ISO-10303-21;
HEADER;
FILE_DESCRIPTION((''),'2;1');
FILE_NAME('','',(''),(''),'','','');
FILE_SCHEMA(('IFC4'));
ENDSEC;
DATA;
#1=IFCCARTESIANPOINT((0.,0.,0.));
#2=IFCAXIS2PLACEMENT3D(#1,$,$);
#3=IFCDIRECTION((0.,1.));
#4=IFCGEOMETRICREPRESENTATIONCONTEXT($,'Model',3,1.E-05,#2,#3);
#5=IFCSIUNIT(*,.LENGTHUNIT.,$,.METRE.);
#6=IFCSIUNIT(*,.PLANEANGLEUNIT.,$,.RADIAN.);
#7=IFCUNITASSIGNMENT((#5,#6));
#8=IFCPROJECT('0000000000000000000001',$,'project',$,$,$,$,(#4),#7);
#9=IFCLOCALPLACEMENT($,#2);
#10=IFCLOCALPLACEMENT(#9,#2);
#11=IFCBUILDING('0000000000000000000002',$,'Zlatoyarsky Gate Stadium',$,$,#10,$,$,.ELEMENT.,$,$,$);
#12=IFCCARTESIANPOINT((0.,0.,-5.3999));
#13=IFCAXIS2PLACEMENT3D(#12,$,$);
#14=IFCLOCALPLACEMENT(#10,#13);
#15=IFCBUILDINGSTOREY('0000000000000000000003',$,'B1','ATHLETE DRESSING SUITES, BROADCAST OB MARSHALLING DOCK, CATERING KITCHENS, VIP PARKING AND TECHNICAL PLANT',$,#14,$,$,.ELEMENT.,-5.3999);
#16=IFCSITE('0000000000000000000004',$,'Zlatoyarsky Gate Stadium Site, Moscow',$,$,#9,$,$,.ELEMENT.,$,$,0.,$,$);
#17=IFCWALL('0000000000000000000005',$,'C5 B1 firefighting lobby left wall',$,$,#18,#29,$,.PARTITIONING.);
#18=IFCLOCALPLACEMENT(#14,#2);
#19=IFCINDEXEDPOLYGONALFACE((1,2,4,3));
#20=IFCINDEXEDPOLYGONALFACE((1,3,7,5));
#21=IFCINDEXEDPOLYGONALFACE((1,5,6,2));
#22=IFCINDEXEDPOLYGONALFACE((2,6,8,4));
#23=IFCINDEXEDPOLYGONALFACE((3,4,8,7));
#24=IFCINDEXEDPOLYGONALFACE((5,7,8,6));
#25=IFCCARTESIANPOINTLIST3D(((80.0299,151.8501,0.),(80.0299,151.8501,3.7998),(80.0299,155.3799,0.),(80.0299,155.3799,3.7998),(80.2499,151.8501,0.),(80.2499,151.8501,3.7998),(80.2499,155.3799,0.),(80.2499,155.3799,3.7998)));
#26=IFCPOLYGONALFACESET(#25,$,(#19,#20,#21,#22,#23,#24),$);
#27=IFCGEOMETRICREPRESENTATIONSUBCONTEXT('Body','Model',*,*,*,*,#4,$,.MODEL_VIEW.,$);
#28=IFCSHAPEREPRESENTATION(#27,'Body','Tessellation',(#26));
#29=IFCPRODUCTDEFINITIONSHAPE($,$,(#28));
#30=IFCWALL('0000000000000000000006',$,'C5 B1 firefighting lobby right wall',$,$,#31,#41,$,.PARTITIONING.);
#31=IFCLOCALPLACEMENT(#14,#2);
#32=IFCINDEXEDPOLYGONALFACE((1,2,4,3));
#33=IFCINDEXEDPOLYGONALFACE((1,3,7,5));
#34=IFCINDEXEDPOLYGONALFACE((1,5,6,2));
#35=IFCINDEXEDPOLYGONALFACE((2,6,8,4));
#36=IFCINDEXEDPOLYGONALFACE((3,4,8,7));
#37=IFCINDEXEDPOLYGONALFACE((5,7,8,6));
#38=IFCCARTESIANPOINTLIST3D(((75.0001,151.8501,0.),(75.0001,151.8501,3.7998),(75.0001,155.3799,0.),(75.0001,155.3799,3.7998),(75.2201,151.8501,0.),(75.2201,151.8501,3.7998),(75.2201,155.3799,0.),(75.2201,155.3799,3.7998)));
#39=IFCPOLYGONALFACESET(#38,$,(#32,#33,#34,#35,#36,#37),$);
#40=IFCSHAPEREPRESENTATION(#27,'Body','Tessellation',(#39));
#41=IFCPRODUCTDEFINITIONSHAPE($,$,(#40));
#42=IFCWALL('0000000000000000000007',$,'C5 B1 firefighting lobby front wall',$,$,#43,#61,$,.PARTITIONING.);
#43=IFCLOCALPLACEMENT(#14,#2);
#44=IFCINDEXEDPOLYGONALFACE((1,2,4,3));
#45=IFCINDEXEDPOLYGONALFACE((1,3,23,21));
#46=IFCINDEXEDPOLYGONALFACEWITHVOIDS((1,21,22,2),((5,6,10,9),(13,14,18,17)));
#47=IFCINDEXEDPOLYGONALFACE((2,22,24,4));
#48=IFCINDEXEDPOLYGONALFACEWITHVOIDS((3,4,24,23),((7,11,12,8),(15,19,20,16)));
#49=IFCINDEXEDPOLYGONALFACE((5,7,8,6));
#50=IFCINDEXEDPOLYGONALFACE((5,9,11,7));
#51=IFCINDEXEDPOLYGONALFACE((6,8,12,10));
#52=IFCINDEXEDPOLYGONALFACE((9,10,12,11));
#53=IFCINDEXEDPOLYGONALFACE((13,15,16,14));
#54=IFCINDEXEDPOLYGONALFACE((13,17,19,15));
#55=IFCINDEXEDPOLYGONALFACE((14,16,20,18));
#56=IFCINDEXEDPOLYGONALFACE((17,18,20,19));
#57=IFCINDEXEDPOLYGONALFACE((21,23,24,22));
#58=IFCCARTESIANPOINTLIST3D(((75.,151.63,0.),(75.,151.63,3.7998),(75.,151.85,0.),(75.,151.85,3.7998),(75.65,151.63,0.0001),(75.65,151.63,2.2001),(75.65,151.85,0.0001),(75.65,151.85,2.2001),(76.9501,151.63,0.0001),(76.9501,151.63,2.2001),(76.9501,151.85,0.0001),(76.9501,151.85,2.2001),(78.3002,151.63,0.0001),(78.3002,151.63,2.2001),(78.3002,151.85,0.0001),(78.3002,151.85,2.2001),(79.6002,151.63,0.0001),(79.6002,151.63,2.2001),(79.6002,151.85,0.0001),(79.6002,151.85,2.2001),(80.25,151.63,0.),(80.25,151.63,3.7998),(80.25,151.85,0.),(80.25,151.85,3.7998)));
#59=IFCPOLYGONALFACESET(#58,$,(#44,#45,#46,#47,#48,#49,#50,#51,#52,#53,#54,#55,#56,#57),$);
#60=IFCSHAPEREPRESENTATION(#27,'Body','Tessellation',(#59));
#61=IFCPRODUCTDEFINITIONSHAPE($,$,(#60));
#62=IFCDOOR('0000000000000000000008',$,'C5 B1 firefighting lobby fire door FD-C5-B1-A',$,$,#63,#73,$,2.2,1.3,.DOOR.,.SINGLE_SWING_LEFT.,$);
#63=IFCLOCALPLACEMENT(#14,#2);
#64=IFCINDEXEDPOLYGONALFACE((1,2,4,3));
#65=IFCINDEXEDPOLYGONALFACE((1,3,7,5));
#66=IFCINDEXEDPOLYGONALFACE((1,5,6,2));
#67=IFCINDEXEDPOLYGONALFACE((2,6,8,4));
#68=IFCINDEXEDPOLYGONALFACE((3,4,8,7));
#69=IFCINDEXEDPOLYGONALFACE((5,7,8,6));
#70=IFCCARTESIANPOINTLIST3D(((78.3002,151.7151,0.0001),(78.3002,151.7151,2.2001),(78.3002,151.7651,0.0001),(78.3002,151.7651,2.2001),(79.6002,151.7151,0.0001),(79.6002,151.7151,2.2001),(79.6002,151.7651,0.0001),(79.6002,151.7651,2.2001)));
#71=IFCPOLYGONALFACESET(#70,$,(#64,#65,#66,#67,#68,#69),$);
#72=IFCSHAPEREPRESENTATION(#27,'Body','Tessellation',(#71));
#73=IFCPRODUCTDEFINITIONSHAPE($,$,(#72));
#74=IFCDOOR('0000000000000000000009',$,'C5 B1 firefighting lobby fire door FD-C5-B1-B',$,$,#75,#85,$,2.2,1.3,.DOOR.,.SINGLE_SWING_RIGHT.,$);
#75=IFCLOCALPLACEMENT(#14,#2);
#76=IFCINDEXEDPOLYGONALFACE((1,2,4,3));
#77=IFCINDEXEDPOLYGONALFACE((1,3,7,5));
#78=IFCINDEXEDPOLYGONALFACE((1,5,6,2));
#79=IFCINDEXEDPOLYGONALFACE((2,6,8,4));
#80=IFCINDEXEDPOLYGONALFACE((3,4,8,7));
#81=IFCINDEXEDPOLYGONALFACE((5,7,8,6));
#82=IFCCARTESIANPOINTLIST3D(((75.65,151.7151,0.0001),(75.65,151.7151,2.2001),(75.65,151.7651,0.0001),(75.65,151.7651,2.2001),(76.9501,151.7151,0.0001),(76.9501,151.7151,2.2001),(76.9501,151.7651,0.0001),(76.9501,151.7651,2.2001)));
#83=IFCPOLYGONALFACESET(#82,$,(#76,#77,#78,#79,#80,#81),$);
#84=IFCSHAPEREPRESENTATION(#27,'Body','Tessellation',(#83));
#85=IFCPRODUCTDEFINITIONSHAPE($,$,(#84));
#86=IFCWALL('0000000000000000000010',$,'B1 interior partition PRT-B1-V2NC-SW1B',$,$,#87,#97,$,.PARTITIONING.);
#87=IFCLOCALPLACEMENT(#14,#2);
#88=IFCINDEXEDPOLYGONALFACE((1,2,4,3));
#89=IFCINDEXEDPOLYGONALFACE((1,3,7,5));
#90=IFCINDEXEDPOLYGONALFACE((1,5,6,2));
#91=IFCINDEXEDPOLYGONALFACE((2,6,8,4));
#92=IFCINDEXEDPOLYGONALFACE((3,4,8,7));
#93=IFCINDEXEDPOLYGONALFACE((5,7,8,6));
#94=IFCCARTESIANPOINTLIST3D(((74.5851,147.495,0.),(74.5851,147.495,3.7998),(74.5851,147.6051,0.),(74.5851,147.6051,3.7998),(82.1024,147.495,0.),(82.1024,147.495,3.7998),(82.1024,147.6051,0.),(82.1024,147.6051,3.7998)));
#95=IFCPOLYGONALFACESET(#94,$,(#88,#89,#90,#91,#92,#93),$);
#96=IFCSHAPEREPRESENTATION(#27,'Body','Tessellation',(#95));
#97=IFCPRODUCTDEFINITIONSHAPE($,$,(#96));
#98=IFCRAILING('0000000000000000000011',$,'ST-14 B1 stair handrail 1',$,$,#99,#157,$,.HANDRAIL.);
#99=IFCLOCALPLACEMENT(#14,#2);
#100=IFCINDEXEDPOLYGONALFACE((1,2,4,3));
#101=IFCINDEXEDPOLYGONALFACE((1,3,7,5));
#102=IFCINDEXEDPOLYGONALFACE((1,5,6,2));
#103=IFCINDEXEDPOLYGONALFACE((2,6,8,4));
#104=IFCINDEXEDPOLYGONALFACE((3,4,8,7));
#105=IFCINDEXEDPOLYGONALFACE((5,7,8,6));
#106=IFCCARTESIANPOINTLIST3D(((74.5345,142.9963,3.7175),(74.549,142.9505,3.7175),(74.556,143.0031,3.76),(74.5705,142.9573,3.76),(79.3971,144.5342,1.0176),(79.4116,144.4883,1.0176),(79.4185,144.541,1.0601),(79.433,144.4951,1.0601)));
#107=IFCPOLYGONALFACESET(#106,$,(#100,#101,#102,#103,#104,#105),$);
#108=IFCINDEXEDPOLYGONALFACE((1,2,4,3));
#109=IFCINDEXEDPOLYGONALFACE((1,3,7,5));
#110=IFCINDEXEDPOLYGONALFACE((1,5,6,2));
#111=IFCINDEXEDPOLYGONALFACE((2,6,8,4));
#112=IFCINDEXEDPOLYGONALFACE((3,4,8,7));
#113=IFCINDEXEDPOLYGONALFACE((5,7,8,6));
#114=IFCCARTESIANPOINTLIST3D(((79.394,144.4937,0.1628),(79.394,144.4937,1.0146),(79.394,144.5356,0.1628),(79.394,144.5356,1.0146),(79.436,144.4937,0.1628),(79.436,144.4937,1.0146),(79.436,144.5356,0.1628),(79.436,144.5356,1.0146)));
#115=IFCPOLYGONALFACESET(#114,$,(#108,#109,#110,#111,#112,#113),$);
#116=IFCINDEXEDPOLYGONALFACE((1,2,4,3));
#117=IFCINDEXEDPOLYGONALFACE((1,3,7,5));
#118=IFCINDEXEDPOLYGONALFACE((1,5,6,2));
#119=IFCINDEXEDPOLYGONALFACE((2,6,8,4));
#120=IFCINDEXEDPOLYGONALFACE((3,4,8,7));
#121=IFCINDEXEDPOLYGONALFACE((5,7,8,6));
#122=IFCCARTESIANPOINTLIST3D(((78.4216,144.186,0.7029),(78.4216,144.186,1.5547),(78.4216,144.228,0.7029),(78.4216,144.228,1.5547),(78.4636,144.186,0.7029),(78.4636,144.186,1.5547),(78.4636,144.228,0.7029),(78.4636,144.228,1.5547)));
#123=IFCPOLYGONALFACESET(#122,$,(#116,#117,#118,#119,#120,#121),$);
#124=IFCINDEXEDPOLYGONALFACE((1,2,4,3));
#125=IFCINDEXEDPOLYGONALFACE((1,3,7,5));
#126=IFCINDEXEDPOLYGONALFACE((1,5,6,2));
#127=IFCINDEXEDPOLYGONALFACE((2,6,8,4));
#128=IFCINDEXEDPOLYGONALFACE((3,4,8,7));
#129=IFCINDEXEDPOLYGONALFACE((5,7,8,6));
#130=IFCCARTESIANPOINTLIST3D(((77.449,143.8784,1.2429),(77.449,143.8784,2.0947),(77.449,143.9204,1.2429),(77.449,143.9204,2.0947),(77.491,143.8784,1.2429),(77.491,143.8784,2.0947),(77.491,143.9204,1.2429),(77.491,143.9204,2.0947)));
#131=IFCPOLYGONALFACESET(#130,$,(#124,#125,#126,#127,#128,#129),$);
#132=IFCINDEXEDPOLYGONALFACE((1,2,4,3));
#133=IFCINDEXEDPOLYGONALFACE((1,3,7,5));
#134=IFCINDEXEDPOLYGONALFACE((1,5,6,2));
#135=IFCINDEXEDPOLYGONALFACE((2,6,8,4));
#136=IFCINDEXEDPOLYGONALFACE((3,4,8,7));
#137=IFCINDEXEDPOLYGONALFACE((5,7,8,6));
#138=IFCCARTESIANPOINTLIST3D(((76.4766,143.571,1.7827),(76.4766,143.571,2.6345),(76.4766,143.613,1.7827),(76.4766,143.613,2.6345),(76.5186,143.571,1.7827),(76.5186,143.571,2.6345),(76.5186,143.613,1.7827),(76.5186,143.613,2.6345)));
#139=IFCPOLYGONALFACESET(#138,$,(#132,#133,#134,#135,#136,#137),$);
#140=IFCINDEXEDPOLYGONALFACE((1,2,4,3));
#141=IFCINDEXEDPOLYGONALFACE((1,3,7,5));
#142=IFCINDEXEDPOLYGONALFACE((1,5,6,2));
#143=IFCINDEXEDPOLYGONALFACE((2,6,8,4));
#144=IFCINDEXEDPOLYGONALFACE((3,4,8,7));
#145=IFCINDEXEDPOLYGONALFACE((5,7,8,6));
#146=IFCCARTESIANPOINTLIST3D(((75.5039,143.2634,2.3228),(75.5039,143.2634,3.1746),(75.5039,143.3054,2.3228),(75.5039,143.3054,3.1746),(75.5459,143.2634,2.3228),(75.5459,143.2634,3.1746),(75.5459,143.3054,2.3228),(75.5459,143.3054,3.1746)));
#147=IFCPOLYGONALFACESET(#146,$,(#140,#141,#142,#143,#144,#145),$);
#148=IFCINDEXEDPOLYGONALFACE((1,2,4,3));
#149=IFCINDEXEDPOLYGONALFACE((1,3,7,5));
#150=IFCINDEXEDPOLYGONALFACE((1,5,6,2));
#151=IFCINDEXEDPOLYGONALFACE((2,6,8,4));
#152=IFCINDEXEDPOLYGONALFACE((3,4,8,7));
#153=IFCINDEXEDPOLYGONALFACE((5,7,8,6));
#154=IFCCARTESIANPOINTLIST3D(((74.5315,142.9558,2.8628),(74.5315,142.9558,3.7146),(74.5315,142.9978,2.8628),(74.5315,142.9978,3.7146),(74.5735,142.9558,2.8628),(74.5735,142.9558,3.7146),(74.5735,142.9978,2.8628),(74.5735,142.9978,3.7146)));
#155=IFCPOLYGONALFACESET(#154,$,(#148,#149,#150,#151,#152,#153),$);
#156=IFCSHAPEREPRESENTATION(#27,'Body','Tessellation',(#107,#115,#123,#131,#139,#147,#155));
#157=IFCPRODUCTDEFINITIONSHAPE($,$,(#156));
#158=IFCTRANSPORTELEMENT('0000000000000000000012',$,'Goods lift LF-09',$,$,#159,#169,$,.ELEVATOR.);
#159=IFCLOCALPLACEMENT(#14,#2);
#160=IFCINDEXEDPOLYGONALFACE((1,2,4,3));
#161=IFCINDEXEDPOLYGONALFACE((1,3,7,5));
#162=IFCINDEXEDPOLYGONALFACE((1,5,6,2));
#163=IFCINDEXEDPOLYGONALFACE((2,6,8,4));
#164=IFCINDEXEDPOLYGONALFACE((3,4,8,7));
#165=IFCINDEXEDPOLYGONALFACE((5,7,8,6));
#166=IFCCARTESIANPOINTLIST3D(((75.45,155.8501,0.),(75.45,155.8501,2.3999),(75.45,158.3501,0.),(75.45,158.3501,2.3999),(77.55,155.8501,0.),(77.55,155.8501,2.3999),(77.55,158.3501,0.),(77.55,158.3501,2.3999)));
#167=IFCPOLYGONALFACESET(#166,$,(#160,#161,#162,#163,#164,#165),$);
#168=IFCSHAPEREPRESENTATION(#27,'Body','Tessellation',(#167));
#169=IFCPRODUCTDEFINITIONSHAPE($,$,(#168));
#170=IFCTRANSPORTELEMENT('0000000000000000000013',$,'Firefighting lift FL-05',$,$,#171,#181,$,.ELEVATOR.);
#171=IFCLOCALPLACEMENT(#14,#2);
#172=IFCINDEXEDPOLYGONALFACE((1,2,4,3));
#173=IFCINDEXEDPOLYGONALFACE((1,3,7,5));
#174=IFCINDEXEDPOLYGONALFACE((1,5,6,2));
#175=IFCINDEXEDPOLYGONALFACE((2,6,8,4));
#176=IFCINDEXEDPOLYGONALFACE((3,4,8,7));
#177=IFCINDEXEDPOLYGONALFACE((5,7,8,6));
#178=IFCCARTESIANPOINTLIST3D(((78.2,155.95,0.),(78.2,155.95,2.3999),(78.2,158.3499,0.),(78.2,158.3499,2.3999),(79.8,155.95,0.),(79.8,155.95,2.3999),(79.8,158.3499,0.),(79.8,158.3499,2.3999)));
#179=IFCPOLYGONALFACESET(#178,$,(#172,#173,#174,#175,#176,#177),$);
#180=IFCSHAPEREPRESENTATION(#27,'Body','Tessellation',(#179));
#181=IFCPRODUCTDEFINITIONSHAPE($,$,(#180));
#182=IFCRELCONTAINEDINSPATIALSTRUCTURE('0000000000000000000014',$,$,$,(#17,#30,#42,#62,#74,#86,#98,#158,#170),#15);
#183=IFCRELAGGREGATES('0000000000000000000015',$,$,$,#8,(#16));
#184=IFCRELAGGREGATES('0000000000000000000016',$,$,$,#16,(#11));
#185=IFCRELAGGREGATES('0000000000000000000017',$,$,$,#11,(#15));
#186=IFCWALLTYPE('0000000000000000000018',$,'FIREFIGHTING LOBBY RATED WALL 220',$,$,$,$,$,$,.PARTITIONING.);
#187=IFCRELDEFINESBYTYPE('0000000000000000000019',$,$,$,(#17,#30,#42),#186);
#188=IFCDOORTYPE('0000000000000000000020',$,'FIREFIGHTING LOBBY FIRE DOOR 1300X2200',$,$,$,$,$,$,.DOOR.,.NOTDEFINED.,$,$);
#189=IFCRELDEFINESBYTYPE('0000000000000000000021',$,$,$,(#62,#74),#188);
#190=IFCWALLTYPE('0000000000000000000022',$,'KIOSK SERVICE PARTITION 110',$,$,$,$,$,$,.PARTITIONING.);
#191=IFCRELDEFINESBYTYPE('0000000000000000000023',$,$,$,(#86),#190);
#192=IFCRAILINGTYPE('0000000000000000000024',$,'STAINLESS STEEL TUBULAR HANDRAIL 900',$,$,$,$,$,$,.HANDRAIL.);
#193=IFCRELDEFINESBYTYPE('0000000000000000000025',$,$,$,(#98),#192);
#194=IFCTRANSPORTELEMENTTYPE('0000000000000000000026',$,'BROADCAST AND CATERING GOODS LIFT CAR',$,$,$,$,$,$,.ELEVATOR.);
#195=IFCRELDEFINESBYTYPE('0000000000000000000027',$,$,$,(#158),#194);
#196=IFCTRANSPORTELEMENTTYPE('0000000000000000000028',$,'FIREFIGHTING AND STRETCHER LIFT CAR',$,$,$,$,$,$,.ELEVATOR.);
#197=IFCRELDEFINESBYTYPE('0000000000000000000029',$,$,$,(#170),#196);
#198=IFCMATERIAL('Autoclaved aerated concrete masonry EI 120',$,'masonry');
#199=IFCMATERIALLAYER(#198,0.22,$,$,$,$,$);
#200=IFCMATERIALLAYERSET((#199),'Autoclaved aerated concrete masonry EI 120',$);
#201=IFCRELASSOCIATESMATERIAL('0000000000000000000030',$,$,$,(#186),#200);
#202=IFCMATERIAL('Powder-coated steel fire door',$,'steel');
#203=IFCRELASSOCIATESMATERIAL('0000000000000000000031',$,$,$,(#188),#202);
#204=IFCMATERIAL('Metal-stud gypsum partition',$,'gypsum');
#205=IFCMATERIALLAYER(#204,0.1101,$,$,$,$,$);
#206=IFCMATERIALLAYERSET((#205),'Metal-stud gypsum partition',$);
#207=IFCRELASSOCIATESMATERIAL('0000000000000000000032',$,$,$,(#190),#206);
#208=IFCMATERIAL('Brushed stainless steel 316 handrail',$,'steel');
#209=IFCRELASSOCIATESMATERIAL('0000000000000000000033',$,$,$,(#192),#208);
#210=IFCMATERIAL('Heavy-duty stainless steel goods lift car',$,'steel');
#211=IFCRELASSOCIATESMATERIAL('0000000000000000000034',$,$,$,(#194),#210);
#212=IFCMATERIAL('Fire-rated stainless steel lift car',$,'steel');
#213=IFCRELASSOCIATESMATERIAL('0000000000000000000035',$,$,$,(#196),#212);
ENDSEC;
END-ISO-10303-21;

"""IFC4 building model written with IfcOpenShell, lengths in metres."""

from ifc_helpers import new_model, si_unit, direction, frame, frame_2d, origin, origin_2d, place, context, subcontext, project, spatial, rectangle, extrude, material, layer, layer_set, type_object, element, fill, save


model = new_model("IFC4")

# Units and contexts
model_context = context("Model", 3, precision=1e-05, world=origin(), true_north=direction((0.0, 1.0)))
body_context = subcontext(model_context, "Body", "Model", "MODEL_VIEW")
ifc_project = project(units=[si_unit("LENGTHUNIT", "METRE"), si_unit("PLANEANGLEUNIT", "RADIAN")], contexts=[model_context])

# Site, building, storey
site_placement = place(None, origin())
site = spatial("IfcSite", under=ifc_project, at=site_placement, Name="Zlatoyarsky Gate Stadium Site, Moscow", CompositionType="ELEMENT", RefElevation=0.0)
building_placement = place(site_placement, origin())
building = spatial("IfcBuilding", under=site, at=building_placement, Name="Zlatoyarsky Gate Stadium", CompositionType="ELEMENT")
storey_placement = place(building_placement, frame((0.0, 0.0, -5.3999)))
storey = spatial("IfcBuildingStorey", under=building, at=storey_placement, Name="B1", Description="ATHLETE DRESSING SUITES, BROADCAST OB MARSHALLING DOCK, CATERING KITCHENS, VIP PARKING AND TECHNICAL PLANT", CompositionType="ELEMENT", Elevation=-5.3999)

# Shared definitions
ifc_material_1 = material(Name="Powder-coated steel fire door", Category="steel")

# Walls
ifc_material_2 = material(Name="Autoclaved aerated concrete masonry EI 120", Category="masonry")
ifc_layer_1 = layer(ifc_material_2, 0.22)
ifc_layer_set_1 = layer_set([ifc_layer_1], Name="Autoclaved aerated concrete masonry EI 120")
wall_type_1 = type_object("IfcWallType", Name="FIREFIGHTING LOBBY RATED WALL 220", PredefinedType="PARTITIONING", material=ifc_layer_set_1)
for number, where, z_axis, x_axis, name in (
    (1, (80.1399, 155.3799, 0.0), (0.0, 0.0, 1.0), (0.0, -1.0, 0.0), "C5 B1 firefighting lobby left wall"),
    (2, (75.1101, 155.3799, 0.0), (0.0, 0.0, 1.0), (0.0, -1.0, 0.0), "C5 B1 firefighting lobby right wall"),
):
    element("IfcWall", number, at=place(storey_placement, frame(where, z_axis=z_axis, x_axis=x_axis)), inside=storey, type_object=wall_type_1, Name=name, PredefinedType="PARTITIONING", context=body_context, shape_type="SweptSolid", body=[
        extrude(rectangle(XDim=3.5298, YDim=0.22, at=frame_2d((1.7649, 0.0))), origin(), (0.0, 0.0, 1.0), 3.7998),
    ])

# Wall, openings, doors
wall_1_placement = place(storey_placement, frame((80.25, 151.74, 0.0), z_axis=(0.0, 0.0, 1.0), x_axis=(-1.0, 0.0, 0.0)))
wall_1 = element("IfcWall", 3, at=wall_1_placement, inside=storey, type_object=wall_type_1, Name="C5 B1 firefighting lobby front wall", PredefinedType="PARTITIONING", context=body_context, shape_type="SweptSolid", body=[
    extrude(rectangle(XDim=5.25, YDim=0.22, at=frame_2d((2.625, 0.0))), origin(), (0.0, 0.0, 1.0), 3.7998),
])
opening_1_placement = place(wall_1_placement, frame((0.6499, 0.0, 0.0)))
opening_1 = element("IfcOpeningElement", 4, at=opening_1_placement, cuts=wall_1, PredefinedType="OPENING", context=body_context, shape_type="SweptSolid", body=[
    extrude(rectangle(XDim=1.3, YDim=2.2, at=frame_2d((0.6499, 1.1001))), frame((0.0, 0.1199, 0.0), z_axis=(0.0, -1.0, 0.0), x_axis=(1.0, 0.0, 0.0)), (0.0, 0.0, 1.0), 0.24),
])
opening_2_placement = place(wall_1_placement, frame((3.3, 0.0, 0.0)))
opening_2 = element("IfcOpeningElement", 5, at=opening_2_placement, cuts=wall_1, PredefinedType="OPENING", context=body_context, shape_type="SweptSolid", body=[
    extrude(rectangle(XDim=1.3, YDim=2.2, at=frame_2d((0.6499, 1.1001))), frame((0.0, 0.1199, 0.0), z_axis=(0.0, -1.0, 0.0), x_axis=(1.0, 0.0, 0.0)), (0.0, 0.0, 1.0), 0.24),
])
door_type_1 = type_object("IfcDoorType", Name="FIREFIGHTING LOBBY FIRE DOOR 1300X2200", OperationType="NOTDEFINED", PredefinedType="DOOR", material=ifc_material_1)
door_1_placement = place(opening_1_placement, origin())
door_1 = element("IfcDoor", 6, at=door_1_placement, inside=storey, type_object=door_type_1, Name="C5 B1 firefighting lobby fire door FD-C5-B1-A", OperationType="SINGLE_SWING_LEFT", OverallHeight=2.2, OverallWidth=1.3, PredefinedType="DOOR", context=body_context, shape_type="SweptSolid", body=[
    extrude(rectangle(XDim=1.3, YDim=2.2, at=frame_2d((0.6499, 1.1001))), frame((0.0, 0.0249, 0.0), z_axis=(0.0, -1.0, 0.0), x_axis=(1.0, 0.0, 0.0)), (0.0, 0.0, 1.0), 0.05),
])
fill(opening_1, door_1)
door_2_placement = place(opening_2_placement, origin())
door_2 = element("IfcDoor", 7, at=door_2_placement, inside=storey, type_object=door_type_1, Name="C5 B1 firefighting lobby fire door FD-C5-B1-B", OperationType="SINGLE_SWING_RIGHT", OverallHeight=2.2, OverallWidth=1.3, PredefinedType="DOOR", context=body_context, shape_type="SweptSolid", body=[
    extrude(rectangle(XDim=1.3, YDim=2.2, at=frame_2d((0.6499, 1.1001))), frame((0.0, 0.0249, 0.0), z_axis=(0.0, -1.0, 0.0), x_axis=(1.0, 0.0, 0.0)), (0.0, 0.0, 1.0), 0.05),
])
fill(opening_2, door_2)

# Wall
ifc_material_3 = material(Name="Metal-stud gypsum partition", Category="gypsum")
ifc_layer_2 = layer(ifc_material_3, 0.1101)
ifc_layer_set_2 = layer_set([ifc_layer_2], Name="Metal-stud gypsum partition")
wall_type_2 = type_object("IfcWallType", Name="KIOSK SERVICE PARTITION 110", PredefinedType="PARTITIONING", material=ifc_layer_set_2)
wall_2_placement = place(storey_placement, frame((74.585, 147.55, 0.0), z_axis=(0.0, 0.0, 1.0), x_axis=(1.0, 0.0, 0.0)))
element("IfcWall", 8, at=wall_2_placement, inside=storey, type_object=wall_type_2, Name="B1 interior partition PRT-B1-V2NC-SW1B", PredefinedType="PARTITIONING", context=body_context, shape_type="SweptSolid", body=[
    extrude(rectangle(XDim=7.5173, YDim=0.1101, at=frame_2d((3.7588, 0.0))), origin(), (0.0, 0.0, 1.0), 3.7998),
])

# Railing
ifc_material_4 = material(Name="Brushed stainless steel 316 handrail", Category="steel")
railing_type = type_object("IfcRailingType", Name="STAINLESS STEEL TUBULAR HANDRAIL 900", PredefinedType="HANDRAIL", material=ifc_material_4)
railing_placement = place(storey_placement, frame((79.415, 144.5146, 0.1628)))
element("IfcRailing", 9, at=railing_placement, inside=storey, type_object=railing_type, Name="ST-14 B1 stair handrail 1", PredefinedType="HANDRAIL", context=body_context, shape_type="SweptSolid", body=[
    extrude(rectangle(XDim=0.0481, YDim=0.0481, at=origin_2d()), frame((0.0, 0.0, 0.876), z_axis=(-0.842651, -0.266499, 0.467886), x_axis=(0.301541, -0.953453, 0.0)), (0.0, 0.0, 1.0), 5.7705),
    extrude(rectangle(XDim=0.042, YDim=0.042, at=origin_2d()), origin(), (0.0, 0.0, 1.0), 0.8518),
    extrude(rectangle(XDim=0.042, YDim=0.042, at=origin_2d()), frame((-0.9724, -0.3076, 0.54)), (0.0, 0.0, 1.0), 0.8518),
    extrude(rectangle(XDim=0.042, YDim=0.042, at=origin_2d()), frame((-1.9451, -0.6152, 1.0801)), (0.0, 0.0, 1.0), 0.8518),
    extrude(rectangle(XDim=0.042, YDim=0.042, at=origin_2d()), frame((-2.9175, -0.9226, 1.6199)), (0.0, 0.0, 1.0), 0.8518),
    extrude(rectangle(XDim=0.042, YDim=0.042, at=origin_2d()), frame((-3.8901, -1.2302, 2.1599)), (0.0, 0.0, 1.0), 0.8518),
    extrude(rectangle(XDim=0.042, YDim=0.042, at=origin_2d()), frame((-4.8625, -1.5378, 2.7)), (0.0, 0.0, 1.0), 0.8518),
])

# Transport elements
ifc_material_5 = material(Name="Heavy-duty stainless steel goods lift car", Category="steel")
transport_element_type_1 = type_object("IfcTransportElementType", Name="BROADCAST AND CATERING GOODS LIFT CAR", PredefinedType="ELEVATOR", material=ifc_material_5)
transport_element_1_placement = place(storey_placement, frame((76.5, 157.1001, 0.0), z_axis=(0.0, 0.0, 1.0), x_axis=(-1.0, 0.0, 0.0)))
element("IfcTransportElement", 10, at=transport_element_1_placement, inside=storey, type_object=transport_element_type_1, Name="Goods lift LF-09", PredefinedType="ELEVATOR", context=body_context, shape_type="SweptSolid", body=[
    extrude(rectangle(XDim=2.1001, YDim=2.5, at=origin_2d()), origin(), (0.0, 0.0, 1.0), 2.3999),
])
ifc_material_6 = material(Name="Fire-rated stainless steel lift car", Category="steel")
transport_element_type_2 = type_object("IfcTransportElementType", Name="FIREFIGHTING AND STRETCHER LIFT CAR", PredefinedType="ELEVATOR", material=ifc_material_6)
transport_element_2_placement = place(storey_placement, frame((79.0, 157.1499, 0.0), z_axis=(0.0, 0.0, 1.0), x_axis=(-1.0, 0.0, 0.0)))
element("IfcTransportElement", 11, at=transport_element_2_placement, inside=storey, type_object=transport_element_type_2, Name="Firefighting lift FL-05", PredefinedType="ELEVATOR", context=body_context, shape_type="SweptSolid", body=[
    extrude(rectangle(XDim=1.6001, YDim=2.3999, at=origin_2d()), origin(), (0.0, 0.0, 1.0), 2.3999),
])

save(model, "model.ifc")
